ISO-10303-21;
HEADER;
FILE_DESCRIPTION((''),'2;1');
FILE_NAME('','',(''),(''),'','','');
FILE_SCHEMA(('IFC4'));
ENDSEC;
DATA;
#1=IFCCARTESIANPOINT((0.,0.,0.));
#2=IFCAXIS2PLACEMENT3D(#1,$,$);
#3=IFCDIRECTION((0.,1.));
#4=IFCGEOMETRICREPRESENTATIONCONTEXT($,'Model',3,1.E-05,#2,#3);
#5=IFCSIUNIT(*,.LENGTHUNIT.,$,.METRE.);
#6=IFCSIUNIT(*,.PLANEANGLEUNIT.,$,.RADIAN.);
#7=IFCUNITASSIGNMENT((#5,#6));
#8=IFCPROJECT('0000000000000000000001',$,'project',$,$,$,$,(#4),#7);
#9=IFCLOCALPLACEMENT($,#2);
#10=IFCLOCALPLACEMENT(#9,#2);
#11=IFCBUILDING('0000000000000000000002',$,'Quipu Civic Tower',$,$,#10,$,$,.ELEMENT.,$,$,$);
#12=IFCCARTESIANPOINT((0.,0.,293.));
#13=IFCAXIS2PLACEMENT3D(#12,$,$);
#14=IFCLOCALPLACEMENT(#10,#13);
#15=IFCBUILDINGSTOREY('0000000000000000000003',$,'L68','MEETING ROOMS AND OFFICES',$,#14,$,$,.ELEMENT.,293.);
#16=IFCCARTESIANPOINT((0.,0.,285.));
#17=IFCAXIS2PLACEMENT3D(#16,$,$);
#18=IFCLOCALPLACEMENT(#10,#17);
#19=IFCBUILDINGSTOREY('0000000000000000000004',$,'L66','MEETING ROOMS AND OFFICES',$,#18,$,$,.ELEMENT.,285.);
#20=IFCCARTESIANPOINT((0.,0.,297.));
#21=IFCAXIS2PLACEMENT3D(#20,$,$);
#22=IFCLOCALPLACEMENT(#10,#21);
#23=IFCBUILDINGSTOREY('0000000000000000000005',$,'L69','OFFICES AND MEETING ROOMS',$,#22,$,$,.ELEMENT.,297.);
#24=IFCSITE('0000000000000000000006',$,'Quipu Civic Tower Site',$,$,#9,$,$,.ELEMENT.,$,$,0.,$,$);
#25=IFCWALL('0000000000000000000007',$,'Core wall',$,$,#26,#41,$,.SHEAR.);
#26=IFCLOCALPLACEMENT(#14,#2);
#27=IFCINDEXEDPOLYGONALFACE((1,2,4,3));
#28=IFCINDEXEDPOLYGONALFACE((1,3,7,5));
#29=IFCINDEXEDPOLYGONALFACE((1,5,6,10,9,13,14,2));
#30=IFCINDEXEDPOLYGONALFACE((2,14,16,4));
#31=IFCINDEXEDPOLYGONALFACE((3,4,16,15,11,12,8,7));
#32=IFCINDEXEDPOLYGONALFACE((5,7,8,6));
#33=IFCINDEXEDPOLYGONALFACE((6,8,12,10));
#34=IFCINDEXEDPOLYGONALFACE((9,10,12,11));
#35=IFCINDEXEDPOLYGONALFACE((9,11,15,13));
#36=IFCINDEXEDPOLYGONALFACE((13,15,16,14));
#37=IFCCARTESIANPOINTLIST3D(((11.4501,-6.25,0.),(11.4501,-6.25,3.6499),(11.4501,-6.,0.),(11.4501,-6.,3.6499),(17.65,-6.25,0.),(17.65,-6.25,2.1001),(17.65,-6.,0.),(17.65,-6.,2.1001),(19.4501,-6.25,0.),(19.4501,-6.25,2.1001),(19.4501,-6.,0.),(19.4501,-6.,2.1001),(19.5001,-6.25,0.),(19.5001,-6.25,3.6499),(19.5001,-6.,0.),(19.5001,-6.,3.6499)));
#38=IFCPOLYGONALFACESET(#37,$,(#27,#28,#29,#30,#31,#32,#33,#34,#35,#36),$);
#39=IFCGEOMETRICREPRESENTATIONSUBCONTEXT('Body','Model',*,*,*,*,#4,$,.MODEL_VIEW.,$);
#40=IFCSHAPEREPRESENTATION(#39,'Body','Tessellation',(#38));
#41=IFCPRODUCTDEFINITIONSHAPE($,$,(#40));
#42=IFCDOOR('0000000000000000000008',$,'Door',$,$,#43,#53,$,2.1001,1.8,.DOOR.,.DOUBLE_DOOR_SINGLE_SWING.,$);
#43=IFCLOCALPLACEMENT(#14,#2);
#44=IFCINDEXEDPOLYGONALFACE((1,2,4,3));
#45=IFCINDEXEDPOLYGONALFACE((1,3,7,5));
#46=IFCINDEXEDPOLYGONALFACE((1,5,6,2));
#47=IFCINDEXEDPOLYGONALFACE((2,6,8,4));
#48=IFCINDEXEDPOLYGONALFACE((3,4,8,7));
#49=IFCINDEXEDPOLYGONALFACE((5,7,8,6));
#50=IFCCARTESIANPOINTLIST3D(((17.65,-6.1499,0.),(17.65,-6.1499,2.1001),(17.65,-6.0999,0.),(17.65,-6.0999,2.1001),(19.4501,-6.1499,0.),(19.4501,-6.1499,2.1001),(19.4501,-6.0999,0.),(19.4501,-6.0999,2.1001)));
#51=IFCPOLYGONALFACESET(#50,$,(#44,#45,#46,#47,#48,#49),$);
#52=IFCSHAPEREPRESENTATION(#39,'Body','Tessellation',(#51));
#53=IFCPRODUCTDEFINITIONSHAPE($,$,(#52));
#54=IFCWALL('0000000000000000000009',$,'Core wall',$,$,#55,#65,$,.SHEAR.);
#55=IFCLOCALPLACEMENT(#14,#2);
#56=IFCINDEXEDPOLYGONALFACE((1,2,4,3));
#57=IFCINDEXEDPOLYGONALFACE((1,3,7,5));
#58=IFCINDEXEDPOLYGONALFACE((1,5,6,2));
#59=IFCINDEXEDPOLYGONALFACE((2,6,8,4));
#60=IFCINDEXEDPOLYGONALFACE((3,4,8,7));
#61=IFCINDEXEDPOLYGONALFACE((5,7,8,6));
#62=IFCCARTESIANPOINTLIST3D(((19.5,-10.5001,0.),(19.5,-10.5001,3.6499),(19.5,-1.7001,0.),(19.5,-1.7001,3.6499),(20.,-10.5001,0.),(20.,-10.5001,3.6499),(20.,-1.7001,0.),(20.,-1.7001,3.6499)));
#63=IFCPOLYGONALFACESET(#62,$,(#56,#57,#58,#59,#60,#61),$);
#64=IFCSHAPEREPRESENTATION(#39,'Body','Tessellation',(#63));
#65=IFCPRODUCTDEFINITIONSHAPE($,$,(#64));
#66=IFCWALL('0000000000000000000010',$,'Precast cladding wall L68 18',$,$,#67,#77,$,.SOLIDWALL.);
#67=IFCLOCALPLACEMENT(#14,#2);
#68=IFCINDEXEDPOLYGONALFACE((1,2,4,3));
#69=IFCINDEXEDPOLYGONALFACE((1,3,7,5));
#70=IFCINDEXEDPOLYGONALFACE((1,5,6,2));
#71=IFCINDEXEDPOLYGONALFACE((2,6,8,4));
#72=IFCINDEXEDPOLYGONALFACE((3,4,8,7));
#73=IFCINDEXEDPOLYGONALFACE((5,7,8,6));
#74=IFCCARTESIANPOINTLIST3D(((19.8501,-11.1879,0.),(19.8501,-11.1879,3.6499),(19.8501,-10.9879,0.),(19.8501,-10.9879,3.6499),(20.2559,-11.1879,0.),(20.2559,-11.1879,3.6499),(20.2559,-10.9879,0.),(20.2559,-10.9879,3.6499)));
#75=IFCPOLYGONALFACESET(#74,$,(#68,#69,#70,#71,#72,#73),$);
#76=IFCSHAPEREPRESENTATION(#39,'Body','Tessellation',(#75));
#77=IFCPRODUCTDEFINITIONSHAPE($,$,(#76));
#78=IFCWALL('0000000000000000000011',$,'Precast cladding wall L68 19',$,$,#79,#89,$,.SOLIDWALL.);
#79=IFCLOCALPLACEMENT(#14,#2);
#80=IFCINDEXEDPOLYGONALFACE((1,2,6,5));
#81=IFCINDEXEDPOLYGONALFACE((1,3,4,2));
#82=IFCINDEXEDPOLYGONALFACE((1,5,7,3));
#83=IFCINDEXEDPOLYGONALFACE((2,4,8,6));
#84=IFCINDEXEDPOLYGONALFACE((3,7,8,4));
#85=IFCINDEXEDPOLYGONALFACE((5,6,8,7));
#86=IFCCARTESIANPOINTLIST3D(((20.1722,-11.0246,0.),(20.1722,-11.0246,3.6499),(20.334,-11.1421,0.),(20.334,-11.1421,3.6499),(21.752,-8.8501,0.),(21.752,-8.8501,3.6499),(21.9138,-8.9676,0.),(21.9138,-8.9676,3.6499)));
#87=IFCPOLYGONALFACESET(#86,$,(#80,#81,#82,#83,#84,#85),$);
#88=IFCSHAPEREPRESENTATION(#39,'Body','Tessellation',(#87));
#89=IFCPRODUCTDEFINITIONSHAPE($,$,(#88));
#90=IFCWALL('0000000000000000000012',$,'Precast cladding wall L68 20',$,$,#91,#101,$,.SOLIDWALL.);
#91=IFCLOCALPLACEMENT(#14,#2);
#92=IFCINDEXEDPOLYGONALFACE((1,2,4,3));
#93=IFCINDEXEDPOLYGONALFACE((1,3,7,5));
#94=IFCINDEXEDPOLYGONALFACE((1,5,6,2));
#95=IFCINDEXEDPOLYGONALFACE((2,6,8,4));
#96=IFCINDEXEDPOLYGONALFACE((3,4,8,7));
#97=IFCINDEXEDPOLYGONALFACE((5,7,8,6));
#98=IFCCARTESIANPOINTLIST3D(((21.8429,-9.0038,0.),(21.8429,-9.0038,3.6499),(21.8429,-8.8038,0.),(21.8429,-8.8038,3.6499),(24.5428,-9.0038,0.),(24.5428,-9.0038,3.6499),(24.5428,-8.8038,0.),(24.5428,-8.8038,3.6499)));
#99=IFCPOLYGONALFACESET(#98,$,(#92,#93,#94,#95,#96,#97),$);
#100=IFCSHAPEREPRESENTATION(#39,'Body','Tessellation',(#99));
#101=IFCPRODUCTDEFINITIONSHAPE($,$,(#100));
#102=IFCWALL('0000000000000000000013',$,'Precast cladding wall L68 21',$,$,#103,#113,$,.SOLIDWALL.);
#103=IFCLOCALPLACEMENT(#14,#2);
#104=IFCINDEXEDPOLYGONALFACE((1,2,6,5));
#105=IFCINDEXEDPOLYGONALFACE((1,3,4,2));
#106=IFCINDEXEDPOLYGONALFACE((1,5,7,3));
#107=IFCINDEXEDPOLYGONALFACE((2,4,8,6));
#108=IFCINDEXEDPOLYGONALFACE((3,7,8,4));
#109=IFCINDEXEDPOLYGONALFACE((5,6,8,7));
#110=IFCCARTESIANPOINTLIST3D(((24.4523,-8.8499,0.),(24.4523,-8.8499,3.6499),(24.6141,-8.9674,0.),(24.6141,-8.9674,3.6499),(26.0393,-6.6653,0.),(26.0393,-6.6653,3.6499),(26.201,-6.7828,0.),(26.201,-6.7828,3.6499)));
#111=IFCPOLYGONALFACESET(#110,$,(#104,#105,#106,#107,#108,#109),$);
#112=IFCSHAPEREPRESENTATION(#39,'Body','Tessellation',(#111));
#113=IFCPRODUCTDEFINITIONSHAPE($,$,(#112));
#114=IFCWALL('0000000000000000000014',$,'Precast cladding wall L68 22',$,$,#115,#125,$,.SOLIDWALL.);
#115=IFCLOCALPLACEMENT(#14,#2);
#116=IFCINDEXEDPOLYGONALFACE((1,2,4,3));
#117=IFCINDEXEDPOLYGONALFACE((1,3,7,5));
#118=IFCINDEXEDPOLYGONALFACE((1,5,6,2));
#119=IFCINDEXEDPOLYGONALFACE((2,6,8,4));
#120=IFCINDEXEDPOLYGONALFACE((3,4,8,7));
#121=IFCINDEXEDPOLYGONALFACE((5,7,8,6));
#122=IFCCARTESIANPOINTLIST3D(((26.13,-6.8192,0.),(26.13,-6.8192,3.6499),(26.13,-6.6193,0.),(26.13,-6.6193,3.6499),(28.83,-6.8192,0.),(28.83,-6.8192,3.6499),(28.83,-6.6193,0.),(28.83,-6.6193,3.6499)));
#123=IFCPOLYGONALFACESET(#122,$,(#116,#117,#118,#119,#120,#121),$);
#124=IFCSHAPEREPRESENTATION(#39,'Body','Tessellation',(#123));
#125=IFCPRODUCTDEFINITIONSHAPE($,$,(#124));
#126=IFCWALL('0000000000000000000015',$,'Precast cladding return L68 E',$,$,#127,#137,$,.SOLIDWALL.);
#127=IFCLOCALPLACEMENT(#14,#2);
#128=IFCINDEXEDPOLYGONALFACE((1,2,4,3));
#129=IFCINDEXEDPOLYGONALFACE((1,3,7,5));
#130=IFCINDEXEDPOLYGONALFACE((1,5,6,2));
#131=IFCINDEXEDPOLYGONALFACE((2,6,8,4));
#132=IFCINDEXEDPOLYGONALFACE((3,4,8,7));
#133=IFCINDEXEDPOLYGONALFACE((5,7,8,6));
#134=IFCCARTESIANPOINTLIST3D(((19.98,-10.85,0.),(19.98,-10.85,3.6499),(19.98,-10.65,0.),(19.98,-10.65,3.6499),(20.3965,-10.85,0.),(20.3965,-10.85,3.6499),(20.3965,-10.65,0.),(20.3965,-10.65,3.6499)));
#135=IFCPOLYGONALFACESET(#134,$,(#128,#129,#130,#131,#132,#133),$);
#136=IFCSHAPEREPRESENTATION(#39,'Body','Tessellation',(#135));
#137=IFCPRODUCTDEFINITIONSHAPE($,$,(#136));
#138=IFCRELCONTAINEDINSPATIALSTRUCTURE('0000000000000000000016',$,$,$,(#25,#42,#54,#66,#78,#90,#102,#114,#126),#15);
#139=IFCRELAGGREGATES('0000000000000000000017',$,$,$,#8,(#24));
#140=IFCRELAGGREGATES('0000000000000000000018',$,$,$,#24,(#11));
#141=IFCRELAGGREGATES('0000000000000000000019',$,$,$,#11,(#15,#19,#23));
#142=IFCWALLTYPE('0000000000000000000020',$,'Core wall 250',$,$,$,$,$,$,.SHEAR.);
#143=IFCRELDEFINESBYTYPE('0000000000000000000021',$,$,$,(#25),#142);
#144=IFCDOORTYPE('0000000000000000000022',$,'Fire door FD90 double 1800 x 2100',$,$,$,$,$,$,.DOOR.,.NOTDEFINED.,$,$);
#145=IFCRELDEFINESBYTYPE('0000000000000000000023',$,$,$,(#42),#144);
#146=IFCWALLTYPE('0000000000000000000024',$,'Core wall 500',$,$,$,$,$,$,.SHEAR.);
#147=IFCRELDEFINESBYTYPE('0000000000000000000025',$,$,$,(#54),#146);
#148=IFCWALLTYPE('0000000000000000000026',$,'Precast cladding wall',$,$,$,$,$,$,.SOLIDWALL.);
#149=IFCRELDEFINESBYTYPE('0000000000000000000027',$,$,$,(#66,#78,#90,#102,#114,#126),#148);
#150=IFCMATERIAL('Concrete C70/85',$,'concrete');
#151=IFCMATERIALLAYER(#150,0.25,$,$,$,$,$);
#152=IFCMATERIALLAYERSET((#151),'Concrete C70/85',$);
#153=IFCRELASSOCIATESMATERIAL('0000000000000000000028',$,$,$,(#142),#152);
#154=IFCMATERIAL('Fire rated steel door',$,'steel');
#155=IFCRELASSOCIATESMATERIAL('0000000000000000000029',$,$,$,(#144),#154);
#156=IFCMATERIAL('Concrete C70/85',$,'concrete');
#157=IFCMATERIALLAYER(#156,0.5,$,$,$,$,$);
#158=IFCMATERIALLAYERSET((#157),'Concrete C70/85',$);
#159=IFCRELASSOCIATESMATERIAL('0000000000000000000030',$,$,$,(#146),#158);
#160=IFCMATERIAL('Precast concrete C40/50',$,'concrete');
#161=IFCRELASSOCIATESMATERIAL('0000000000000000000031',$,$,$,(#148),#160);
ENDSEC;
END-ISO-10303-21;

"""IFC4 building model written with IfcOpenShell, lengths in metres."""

from ifc_helpers import new_model, si_unit, direction, frame, frame_2d, origin, place, context, subcontext, project, spatial, rectangle, extrude, material, layer, layer_set, type_object, element, fill, save


model = new_model("IFC4")

# Units and contexts
model_context = context("Model", 3, precision=1e-05, world=origin(), true_north=direction((0.0, 1.0)))
body_context = subcontext(model_context, "Body", "Model", "MODEL_VIEW")
ifc_project = project(units=[si_unit("LENGTHUNIT", "METRE"), si_unit("PLANEANGLEUNIT", "RADIAN")], contexts=[model_context])

# Site, building, storey
site_placement = place(None, origin())
site = spatial("IfcSite", under=ifc_project, at=site_placement, Name="Quipu Civic Tower Site", CompositionType="ELEMENT", RefElevation=0.0)
building_placement = place(site_placement, origin())
building = spatial("IfcBuilding", under=site, at=building_placement, Name="Quipu Civic Tower", CompositionType="ELEMENT")
storey_1_placement = place(building_placement, frame((0.0, 0.0, 293.0)))
storey_1 = spatial("IfcBuildingStorey", under=building, at=storey_1_placement, Name="L68", Description="MEETING ROOMS AND OFFICES", CompositionType="ELEMENT", Elevation=293.0)

# Shared definitions
storey_2_placement = place(building_placement, frame((0.0, 0.0, 285.0)))
storey_2 = spatial("IfcBuildingStorey", under=building, at=storey_2_placement, Name="L66", Description="MEETING ROOMS AND OFFICES", CompositionType="ELEMENT", Elevation=285.0)

# Shared definitions
storey_3_placement = place(building_placement, frame((0.0, 0.0, 297.0)))
storey_3 = spatial("IfcBuildingStorey", under=building, at=storey_3_placement, Name="L69", Description="OFFICES AND MEETING ROOMS", CompositionType="ELEMENT", Elevation=297.0)

# Wall, opening, door
ifc_material_1 = material(Name="Concrete C70/85", Category="concrete")
ifc_layer_1 = layer(ifc_material_1, 0.25)
ifc_layer_set_1 = layer_set([ifc_layer_1], Name="Concrete C70/85")
wall_type_1 = type_object("IfcWallType", Name="Core wall 250", PredefinedType="SHEAR", material=ifc_layer_set_1)
wall_1_placement = place(storey_1_placement, frame((19.5, -6.125, 0.0), z_axis=(0.0, 0.0, 1.0), x_axis=(-1.0, 0.0, 0.0)))
wall_1 = element("IfcWall", 1, at=wall_1_placement, inside=storey_1, type_object=wall_type_1, Name="Core wall", PredefinedType="SHEAR", context=body_context, shape_type="SweptSolid", body=[
    extrude(rectangle(XDim=8.05, YDim=0.25, at=frame_2d((4.0249, 0.0))), origin(), (0.0, 0.0, 1.0), 3.6499),
])
opening_placement = place(wall_1_placement, frame((0.05, 0.0, 0.0)))
opening = element("IfcOpeningElement", 2, at=opening_placement, cuts=wall_1, PredefinedType="OPENING", context=body_context, shape_type="SweptSolid", body=[
    extrude(rectangle(XDim=1.8, YDim=2.1001, at=frame_2d((0.8999, 1.05))), frame((0.0, 0.135, 0.0), z_axis=(0.0, -1.0, 0.0), x_axis=(1.0, 0.0, 0.0)), (0.0, 0.0, 1.0), 0.27),
])
ifc_material_2 = material(Name="Fire rated steel door", Category="steel")
door_type = type_object("IfcDoorType", Name="Fire door FD90 double 1800 x 2100", OperationType="NOTDEFINED", PredefinedType="DOOR", material=ifc_material_2)
door_placement = place(opening_placement, origin())
door = element("IfcDoor", 3, at=door_placement, inside=storey_1, type_object=door_type, Name="Door", OperationType="DOUBLE_DOOR_SINGLE_SWING", OverallHeight=2.1001, OverallWidth=1.8, PredefinedType="DOOR", context=body_context, shape_type="SweptSolid", body=[
    extrude(rectangle(XDim=1.8, YDim=2.1001, at=frame_2d((0.8999, 1.05))), frame((0.0, 0.0249, 0.0), z_axis=(0.0, -1.0, 0.0), x_axis=(1.0, 0.0, 0.0)), (0.0, 0.0, 1.0), 0.05),
])
fill(opening, door)

# Walls
ifc_material_3 = material(Name="Concrete C70/85", Category="concrete")
ifc_layer_2 = layer(ifc_material_3, 0.5)
ifc_layer_set_2 = layer_set([ifc_layer_2], Name="Concrete C70/85")
wall_type_2 = type_object("IfcWallType", Name="Core wall 500", PredefinedType="SHEAR", material=ifc_layer_set_2)
wall_2_placement = place(storey_1_placement, frame((19.75, -10.5, 0.0), z_axis=(0.0, 0.0, 1.0), x_axis=(0.0, 1.0, 0.0)))
element("IfcWall", 4, at=wall_2_placement, inside=storey_1, type_object=wall_type_2, Name="Core wall", PredefinedType="SHEAR", context=body_context, shape_type="SweptSolid", body=[
    extrude(rectangle(XDim=8.8, YDim=0.5, at=frame_2d((4.3999, 0.0))), origin(), (0.0, 0.0, 1.0), 3.6499),
])
ifc_material_4 = material(Name="Precast concrete C40/50", Category="concrete")
wall_type_3 = type_object("IfcWallType", Name="Precast cladding wall", PredefinedType="SOLIDWALL", material=ifc_material_4)
wall_3_placement = place(storey_1_placement, frame((19.8501, -11.0879, 0.0), z_axis=(0.0, 0.0, 1.0), x_axis=(1.0, 0.0, 0.0)))
element("IfcWall", 5, at=wall_3_placement, inside=storey_1, type_object=wall_type_3, Name="Precast cladding wall L68 18", PredefinedType="SOLIDWALL", context=body_context, shape_type="SweptSolid", body=[
    extrude(rectangle(XDim=0.4058, YDim=0.2, at=frame_2d((0.2029, 0.0))), origin(), (0.0, 0.0, 1.0), 3.6499),
])
wall_4_placement = place(storey_1_placement, frame((20.2532, -11.0833, 0.0), z_axis=(0.0, 0.0, 1.0), x_axis=(0.587767, 0.809031, 0.0)))
element("IfcWall", 6, at=wall_4_placement, inside=storey_1, type_object=wall_type_3, Name="Precast cladding wall L68 19", PredefinedType="SOLIDWALL", context=body_context, shape_type="SweptSolid", body=[
    extrude(rectangle(XDim=2.6877, YDim=0.2, at=frame_2d((1.3438, 0.0))), origin(), (0.0, 0.0, 1.0), 3.6499),
])
wall_5_placement = place(storey_1_placement, frame((21.8428, -8.9038, 0.0), z_axis=(0.0, 0.0, 1.0), x_axis=(1.0, 0.0, 0.0)))
element("IfcWall", 7, at=wall_5_placement, inside=storey_1, type_object=wall_type_3, Name="Precast cladding wall L68 20", PredefinedType="SOLIDWALL", context=body_context, shape_type="SweptSolid", body=[
    extrude(rectangle(XDim=2.7, YDim=0.2, at=frame_2d((1.3501, 0.0))), origin(), (0.0, 0.0, 1.0), 3.6499),
])
wall_6_placement = place(storey_1_placement, frame((24.5332, -8.9087, 0.0), z_axis=(0.0, 0.0, 1.0), x_axis=(0.58772, 0.809064, 0.0)))
element("IfcWall", 8, at=wall_6_placement, inside=storey_1, type_object=wall_type_3, Name="Precast cladding wall L68 21", PredefinedType="SOLIDWALL", context=body_context, shape_type="SweptSolid", body=[
    extrude(rectangle(XDim=2.7002, YDim=0.2, at=frame_2d((1.3501, 0.0))), origin(), (0.0, 0.0, 1.0), 3.6499),
])
wall_7_placement = place(storey_1_placement, frame((26.1299, -6.7192, 0.0), z_axis=(0.0, 0.0, 1.0), x_axis=(1.0, 0.0, 0.0)))
element("IfcWall", 9, at=wall_7_placement, inside=storey_1, type_object=wall_type_3, Name="Precast cladding wall L68 22", PredefinedType="SOLIDWALL", context=body_context, shape_type="SweptSolid", body=[
    extrude(rectangle(XDim=2.7, YDim=0.2, at=frame_2d((1.3501, 0.0))), origin(), (0.0, 0.0, 1.0), 3.6499),
])
wall_8_placement = place(storey_1_placement, frame((19.98, -10.75, 0.0), z_axis=(0.0, 0.0, 1.0), x_axis=(1.0, 0.0, 0.0)))
element("IfcWall", 10, at=wall_8_placement, inside=storey_1, type_object=wall_type_3, Name="Precast cladding return L68 E", PredefinedType="SOLIDWALL", context=body_context, shape_type="SweptSolid", body=[
    extrude(rectangle(XDim=0.4165, YDim=0.2, at=frame_2d((0.2083, 0.0))), origin(), (0.0, 0.0, 1.0), 3.6499),
])

save(model, "model.ifc")
